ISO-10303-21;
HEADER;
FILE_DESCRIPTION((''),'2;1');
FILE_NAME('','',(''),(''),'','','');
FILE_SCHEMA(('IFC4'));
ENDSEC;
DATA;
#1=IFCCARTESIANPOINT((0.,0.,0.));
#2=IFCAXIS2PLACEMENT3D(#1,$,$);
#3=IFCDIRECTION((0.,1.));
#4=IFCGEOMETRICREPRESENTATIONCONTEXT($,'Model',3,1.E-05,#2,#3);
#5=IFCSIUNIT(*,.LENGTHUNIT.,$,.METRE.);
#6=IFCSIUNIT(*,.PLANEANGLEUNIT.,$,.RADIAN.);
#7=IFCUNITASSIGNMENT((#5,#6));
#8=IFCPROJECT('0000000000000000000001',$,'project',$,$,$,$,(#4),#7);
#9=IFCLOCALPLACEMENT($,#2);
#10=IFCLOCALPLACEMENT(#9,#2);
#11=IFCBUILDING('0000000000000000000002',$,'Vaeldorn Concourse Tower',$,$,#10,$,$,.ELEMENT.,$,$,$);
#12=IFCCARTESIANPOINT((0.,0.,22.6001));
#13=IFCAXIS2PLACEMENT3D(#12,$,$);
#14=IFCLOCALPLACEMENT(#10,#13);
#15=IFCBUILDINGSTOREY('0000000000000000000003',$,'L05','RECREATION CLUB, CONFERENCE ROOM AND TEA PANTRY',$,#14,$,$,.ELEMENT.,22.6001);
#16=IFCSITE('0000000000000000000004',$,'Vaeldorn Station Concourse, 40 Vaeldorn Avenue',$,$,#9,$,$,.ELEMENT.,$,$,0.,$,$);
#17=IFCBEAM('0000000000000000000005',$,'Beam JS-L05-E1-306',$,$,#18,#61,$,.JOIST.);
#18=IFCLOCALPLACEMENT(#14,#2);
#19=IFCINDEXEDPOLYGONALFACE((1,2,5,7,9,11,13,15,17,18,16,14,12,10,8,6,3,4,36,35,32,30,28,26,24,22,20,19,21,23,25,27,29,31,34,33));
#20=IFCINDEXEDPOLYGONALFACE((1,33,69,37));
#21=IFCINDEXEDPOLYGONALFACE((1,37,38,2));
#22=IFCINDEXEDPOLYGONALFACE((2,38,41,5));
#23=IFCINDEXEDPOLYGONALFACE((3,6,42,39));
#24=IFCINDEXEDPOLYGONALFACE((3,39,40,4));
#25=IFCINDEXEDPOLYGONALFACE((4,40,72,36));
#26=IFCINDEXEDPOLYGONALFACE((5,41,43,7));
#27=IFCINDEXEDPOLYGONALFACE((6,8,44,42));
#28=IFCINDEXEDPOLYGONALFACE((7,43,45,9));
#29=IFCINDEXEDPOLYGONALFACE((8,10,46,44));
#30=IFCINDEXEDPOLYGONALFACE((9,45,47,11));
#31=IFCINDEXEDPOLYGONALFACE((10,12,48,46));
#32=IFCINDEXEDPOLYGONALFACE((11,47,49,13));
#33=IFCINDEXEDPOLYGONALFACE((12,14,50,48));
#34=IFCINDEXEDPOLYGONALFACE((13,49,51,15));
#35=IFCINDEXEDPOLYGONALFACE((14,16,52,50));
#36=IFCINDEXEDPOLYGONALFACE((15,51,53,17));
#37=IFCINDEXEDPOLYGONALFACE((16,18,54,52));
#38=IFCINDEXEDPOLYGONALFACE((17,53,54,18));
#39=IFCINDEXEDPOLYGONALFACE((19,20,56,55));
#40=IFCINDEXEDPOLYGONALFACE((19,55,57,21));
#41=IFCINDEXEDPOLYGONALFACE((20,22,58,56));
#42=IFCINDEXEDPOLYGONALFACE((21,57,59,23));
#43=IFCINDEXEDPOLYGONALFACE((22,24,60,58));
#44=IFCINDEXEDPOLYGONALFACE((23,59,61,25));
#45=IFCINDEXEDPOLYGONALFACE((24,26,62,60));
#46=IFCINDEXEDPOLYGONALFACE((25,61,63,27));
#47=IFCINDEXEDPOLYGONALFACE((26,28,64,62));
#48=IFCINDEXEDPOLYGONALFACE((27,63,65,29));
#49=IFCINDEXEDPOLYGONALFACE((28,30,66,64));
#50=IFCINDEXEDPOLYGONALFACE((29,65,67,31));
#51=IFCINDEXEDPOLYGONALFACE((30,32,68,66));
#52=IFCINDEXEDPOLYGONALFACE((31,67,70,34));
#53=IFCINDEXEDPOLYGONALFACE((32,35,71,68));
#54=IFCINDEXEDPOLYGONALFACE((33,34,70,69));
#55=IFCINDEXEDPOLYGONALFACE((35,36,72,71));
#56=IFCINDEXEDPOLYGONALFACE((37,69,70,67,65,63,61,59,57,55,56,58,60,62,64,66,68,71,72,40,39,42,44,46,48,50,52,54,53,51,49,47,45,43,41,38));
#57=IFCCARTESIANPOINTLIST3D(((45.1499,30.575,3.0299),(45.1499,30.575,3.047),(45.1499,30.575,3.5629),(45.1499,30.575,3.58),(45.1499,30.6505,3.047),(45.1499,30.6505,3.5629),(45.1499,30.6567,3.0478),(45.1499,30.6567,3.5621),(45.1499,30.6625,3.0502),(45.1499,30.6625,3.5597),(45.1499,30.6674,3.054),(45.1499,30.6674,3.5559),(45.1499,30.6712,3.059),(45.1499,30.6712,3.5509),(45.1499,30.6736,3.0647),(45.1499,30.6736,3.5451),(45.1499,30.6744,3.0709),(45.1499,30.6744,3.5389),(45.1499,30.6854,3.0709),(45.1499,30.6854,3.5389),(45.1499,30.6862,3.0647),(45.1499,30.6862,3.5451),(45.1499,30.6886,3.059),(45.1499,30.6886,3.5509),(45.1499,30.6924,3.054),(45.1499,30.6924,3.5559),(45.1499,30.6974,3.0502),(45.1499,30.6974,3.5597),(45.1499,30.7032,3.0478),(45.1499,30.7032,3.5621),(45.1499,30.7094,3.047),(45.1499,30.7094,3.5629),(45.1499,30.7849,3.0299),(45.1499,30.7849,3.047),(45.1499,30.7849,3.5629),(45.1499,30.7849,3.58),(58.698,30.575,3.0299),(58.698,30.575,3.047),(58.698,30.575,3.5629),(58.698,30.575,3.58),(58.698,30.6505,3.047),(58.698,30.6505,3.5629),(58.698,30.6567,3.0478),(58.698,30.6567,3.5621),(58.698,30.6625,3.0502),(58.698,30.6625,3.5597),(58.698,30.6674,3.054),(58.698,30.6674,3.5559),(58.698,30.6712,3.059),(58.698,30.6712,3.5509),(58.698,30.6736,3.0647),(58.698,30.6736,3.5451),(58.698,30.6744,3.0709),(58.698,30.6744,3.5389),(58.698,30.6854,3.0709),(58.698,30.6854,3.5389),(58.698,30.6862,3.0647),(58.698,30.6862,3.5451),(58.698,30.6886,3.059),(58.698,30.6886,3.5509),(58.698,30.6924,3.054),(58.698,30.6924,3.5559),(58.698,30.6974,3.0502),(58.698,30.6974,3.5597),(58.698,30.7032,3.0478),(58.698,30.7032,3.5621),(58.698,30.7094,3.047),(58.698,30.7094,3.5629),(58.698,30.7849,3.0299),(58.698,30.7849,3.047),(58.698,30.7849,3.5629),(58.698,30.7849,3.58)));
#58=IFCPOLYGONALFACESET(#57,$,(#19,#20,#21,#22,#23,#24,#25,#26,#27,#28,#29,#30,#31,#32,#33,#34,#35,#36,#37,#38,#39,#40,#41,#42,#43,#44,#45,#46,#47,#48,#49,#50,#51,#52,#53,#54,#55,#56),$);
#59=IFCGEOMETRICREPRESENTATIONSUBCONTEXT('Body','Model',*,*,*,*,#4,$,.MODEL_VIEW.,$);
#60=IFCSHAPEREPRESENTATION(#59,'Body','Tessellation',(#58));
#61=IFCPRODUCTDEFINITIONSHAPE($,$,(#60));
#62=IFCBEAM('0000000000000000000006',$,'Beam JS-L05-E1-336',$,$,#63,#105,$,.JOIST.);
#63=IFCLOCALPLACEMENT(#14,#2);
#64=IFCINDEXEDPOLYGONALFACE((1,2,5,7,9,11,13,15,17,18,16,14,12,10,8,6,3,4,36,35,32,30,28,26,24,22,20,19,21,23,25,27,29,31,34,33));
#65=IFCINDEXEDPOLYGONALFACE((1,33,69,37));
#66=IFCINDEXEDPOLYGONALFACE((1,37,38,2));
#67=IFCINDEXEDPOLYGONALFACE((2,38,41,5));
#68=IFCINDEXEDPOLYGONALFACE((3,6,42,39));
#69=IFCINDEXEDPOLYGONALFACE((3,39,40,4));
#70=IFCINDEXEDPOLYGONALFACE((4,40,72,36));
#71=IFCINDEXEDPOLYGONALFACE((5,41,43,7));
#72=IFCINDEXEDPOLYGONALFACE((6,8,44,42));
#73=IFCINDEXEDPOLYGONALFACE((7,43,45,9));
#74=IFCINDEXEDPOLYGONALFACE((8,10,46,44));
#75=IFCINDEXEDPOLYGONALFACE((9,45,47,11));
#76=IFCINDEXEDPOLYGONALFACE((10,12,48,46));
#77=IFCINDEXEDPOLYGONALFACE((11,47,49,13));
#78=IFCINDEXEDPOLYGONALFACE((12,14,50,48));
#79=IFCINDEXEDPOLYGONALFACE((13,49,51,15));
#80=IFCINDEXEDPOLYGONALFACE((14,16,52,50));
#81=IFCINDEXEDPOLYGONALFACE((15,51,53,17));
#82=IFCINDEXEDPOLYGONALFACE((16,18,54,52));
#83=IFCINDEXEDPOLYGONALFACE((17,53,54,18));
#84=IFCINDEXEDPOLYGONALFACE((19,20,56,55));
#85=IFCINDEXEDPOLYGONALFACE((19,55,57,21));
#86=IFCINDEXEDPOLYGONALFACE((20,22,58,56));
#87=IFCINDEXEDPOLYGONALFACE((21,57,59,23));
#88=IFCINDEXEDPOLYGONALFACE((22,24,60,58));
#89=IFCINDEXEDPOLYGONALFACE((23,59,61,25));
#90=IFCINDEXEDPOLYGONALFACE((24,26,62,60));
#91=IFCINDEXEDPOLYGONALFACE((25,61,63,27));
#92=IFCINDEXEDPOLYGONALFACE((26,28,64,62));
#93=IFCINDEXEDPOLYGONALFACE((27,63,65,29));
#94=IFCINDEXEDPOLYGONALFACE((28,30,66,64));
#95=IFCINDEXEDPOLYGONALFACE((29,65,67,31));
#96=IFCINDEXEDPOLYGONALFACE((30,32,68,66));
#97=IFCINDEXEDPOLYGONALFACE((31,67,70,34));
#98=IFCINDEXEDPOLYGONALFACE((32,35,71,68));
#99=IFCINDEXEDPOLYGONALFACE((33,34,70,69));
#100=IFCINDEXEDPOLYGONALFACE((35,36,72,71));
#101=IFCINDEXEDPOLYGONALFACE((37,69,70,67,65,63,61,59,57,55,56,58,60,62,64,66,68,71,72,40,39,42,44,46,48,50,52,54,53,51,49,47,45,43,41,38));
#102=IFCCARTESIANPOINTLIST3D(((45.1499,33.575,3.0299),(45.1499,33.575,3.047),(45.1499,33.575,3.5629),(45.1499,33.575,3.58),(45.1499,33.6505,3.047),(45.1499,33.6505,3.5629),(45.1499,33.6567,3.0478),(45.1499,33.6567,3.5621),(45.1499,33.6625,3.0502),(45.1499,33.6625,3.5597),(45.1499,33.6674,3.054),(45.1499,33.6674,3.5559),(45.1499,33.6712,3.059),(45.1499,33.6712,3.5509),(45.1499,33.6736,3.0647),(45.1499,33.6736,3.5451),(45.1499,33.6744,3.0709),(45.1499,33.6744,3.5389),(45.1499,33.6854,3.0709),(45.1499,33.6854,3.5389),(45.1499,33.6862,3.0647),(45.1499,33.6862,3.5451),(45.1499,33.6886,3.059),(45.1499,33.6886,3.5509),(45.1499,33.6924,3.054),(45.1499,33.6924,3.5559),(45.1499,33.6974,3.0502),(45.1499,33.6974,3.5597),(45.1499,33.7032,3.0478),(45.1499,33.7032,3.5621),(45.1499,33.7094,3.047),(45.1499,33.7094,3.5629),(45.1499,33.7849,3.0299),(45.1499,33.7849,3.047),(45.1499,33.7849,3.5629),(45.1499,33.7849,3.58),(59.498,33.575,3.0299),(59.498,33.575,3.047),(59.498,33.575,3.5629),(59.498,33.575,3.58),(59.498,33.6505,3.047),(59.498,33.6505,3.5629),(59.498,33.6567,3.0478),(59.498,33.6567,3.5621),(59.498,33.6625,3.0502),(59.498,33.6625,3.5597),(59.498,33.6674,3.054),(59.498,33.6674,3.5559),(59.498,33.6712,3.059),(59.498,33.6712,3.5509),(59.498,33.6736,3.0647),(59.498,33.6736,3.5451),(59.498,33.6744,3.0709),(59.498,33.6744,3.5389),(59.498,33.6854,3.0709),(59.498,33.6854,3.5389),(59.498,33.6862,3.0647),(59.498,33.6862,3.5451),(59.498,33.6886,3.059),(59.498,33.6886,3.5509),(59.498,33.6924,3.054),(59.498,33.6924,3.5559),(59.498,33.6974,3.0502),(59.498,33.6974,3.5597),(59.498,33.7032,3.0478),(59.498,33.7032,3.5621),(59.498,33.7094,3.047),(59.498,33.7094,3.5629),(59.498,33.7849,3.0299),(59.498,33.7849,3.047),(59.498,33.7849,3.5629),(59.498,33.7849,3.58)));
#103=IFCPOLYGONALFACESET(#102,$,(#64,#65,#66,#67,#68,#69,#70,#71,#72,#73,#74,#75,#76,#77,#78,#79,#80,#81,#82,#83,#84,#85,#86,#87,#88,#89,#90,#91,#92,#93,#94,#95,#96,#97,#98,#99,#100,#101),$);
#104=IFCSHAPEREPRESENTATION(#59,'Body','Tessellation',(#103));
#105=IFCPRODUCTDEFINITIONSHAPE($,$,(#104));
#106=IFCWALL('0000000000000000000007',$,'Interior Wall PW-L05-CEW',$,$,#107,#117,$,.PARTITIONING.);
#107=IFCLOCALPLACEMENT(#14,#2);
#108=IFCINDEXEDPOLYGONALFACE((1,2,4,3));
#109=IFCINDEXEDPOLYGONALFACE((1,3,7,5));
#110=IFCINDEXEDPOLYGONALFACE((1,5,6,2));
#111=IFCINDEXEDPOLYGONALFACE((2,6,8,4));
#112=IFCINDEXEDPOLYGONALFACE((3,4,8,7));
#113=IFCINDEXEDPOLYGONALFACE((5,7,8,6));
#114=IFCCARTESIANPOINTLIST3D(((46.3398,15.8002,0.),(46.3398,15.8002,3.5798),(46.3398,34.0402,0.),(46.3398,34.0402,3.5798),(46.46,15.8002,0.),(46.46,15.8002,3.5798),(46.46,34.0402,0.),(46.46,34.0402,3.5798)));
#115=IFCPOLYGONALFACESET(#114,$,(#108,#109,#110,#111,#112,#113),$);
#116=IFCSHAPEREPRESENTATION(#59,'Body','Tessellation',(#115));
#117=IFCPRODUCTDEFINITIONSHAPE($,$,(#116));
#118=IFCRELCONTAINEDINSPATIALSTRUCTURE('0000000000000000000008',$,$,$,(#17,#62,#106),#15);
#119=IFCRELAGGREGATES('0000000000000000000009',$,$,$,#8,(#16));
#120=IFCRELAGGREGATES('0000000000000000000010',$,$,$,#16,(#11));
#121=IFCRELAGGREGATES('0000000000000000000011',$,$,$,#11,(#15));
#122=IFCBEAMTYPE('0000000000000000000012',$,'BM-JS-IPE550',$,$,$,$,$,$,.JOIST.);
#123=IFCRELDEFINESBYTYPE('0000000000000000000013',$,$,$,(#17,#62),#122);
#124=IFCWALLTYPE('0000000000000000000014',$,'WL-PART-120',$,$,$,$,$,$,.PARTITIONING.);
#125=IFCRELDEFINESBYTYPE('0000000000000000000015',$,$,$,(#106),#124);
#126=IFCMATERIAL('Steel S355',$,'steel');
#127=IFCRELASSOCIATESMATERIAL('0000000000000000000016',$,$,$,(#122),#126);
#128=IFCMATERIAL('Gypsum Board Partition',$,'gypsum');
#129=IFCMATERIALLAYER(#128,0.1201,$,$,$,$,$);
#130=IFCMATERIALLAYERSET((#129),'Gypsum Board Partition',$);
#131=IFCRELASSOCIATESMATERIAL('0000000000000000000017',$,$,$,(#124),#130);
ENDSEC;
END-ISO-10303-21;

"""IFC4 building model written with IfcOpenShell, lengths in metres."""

from ifc_helpers import new_model, si_unit, direction, frame, frame_2d, origin, origin_2d, place, context, subcontext, project, spatial, rectangle, i_section, extrude, source, transform, mapped, material, layer, layer_set, material_profile, profile_set, type_object, element, save


model = new_model("IFC4")

# Units and contexts
model_context = context("Model", 3, precision=1e-05, world=origin(), true_north=direction((0.0, 1.0)))
body_context = subcontext(model_context, "Body", "Model", "MODEL_VIEW")
ifc_project = project(units=[si_unit("LENGTHUNIT", "METRE"), si_unit("PLANEANGLEUNIT", "RADIAN")], contexts=[model_context])

# Site, building, storey
site_placement = place(None, origin())
site = spatial("IfcSite", under=ifc_project, at=site_placement, Name="Vaeldorn Station Concourse, 40 Vaeldorn Avenue", CompositionType="ELEMENT", RefElevation=0.0)
building_placement = place(site_placement, origin())
building = spatial("IfcBuilding", under=site, at=building_placement, Name="Vaeldorn Concourse Tower", CompositionType="ELEMENT")
storey_placement = place(building_placement, frame((0.0, 0.0, 22.6001)))
storey = spatial("IfcBuildingStorey", under=building, at=storey_placement, Name="L05", Description="RECREATION CLUB, CONFERENCE ROOM AND TEA PANTRY", CompositionType="ELEMENT", Elevation=22.6001)

# Beams
ifc_material_1 = material(Name="Steel S355", Category="steel")
ifc_material_profile_1 = material_profile(ifc_material_1, i_section(OverallWidth=0.21, OverallDepth=0.55, WebThickness=0.011, FlangeThickness=0.0171, FilletRadius=0.0239, at=origin_2d()), Name="IPE 550")
ifc_profile_set_1 = profile_set([ifc_material_profile_1], Name="Steel S355")
beam_type_1 = type_object("IfcBeamType", Name="BM-JS-IPE550", PredefinedType="JOIST", material=ifc_profile_set_1)
shared_shape_1 = source(origin(), body_context, "Body", "SweptSolid", [
    extrude(i_section(OverallWidth=0.21, OverallDepth=0.55, WebThickness=0.011, FlangeThickness=0.0171, FilletRadius=0.0239, at=origin_2d()), origin(), (0.0, 0.0, 1.0), 13.5481),
])
beam_1_placement = place(storey_placement, frame((45.1499, 30.6799, 3.3049), z_axis=(1.0, 0.0, 0.0), x_axis=(0.0, 1.0, 0.0)))
element("IfcBeam", 1, at=beam_1_placement, inside=storey, type_object=beam_type_1, Name="Beam JS-L05-E1-306", PredefinedType="JOIST", context=body_context, shape_type="MappedRepresentation", body=[
    mapped(shared_shape_1, transform((0.0, 0.0, 0.0), scale=1.0)),
])
shared_shape_2 = source(origin(), body_context, "Body", "SweptSolid", [
    extrude(i_section(OverallWidth=0.21, OverallDepth=0.55, WebThickness=0.011, FlangeThickness=0.0171, FilletRadius=0.0239, at=origin_2d()), origin(), (0.0, 0.0, 1.0), 14.3481),
])
beam_2_placement = place(storey_placement, frame((45.1499, 33.6799, 3.3049), z_axis=(1.0, 0.0, 0.0), x_axis=(0.0, 1.0, 0.0)))
element("IfcBeam", 2, at=beam_2_placement, inside=storey, type_object=beam_type_1, Name="Beam JS-L05-E1-336", PredefinedType="JOIST", context=body_context, shape_type="MappedRepresentation", body=[
    mapped(shared_shape_2, transform((0.0, 0.0, 0.0), scale=1.0)),
])

# Wall
ifc_material_2 = material(Name="Gypsum Board Partition", Category="gypsum")
ifc_layer = layer(ifc_material_2, 0.1201)
ifc_layer_set = layer_set([ifc_layer], Name="Gypsum Board Partition")
wall_type = type_object("IfcWallType", Name="WL-PART-120", PredefinedType="PARTITIONING", material=ifc_layer_set)
wall_1_placement = place(storey_placement, frame((46.3999, 15.8, 0.0), z_axis=(0.0, 0.0, 1.0), x_axis=(0.0, 1.0, 0.0)))
element("IfcWall", 3, at=wall_1_placement, inside=storey, type_object=wall_type, Name="Interior Wall PW-L05-CEW", PredefinedType="PARTITIONING", context=body_context, shape_type="SweptSolid", body=[
    extrude(rectangle(XDim=18.24, YDim=0.1201, at=frame_2d((9.1201, 0.0))), origin(), (0.0, 0.0, 1.0), 3.5798),
])

save(model, "model.ifc")
